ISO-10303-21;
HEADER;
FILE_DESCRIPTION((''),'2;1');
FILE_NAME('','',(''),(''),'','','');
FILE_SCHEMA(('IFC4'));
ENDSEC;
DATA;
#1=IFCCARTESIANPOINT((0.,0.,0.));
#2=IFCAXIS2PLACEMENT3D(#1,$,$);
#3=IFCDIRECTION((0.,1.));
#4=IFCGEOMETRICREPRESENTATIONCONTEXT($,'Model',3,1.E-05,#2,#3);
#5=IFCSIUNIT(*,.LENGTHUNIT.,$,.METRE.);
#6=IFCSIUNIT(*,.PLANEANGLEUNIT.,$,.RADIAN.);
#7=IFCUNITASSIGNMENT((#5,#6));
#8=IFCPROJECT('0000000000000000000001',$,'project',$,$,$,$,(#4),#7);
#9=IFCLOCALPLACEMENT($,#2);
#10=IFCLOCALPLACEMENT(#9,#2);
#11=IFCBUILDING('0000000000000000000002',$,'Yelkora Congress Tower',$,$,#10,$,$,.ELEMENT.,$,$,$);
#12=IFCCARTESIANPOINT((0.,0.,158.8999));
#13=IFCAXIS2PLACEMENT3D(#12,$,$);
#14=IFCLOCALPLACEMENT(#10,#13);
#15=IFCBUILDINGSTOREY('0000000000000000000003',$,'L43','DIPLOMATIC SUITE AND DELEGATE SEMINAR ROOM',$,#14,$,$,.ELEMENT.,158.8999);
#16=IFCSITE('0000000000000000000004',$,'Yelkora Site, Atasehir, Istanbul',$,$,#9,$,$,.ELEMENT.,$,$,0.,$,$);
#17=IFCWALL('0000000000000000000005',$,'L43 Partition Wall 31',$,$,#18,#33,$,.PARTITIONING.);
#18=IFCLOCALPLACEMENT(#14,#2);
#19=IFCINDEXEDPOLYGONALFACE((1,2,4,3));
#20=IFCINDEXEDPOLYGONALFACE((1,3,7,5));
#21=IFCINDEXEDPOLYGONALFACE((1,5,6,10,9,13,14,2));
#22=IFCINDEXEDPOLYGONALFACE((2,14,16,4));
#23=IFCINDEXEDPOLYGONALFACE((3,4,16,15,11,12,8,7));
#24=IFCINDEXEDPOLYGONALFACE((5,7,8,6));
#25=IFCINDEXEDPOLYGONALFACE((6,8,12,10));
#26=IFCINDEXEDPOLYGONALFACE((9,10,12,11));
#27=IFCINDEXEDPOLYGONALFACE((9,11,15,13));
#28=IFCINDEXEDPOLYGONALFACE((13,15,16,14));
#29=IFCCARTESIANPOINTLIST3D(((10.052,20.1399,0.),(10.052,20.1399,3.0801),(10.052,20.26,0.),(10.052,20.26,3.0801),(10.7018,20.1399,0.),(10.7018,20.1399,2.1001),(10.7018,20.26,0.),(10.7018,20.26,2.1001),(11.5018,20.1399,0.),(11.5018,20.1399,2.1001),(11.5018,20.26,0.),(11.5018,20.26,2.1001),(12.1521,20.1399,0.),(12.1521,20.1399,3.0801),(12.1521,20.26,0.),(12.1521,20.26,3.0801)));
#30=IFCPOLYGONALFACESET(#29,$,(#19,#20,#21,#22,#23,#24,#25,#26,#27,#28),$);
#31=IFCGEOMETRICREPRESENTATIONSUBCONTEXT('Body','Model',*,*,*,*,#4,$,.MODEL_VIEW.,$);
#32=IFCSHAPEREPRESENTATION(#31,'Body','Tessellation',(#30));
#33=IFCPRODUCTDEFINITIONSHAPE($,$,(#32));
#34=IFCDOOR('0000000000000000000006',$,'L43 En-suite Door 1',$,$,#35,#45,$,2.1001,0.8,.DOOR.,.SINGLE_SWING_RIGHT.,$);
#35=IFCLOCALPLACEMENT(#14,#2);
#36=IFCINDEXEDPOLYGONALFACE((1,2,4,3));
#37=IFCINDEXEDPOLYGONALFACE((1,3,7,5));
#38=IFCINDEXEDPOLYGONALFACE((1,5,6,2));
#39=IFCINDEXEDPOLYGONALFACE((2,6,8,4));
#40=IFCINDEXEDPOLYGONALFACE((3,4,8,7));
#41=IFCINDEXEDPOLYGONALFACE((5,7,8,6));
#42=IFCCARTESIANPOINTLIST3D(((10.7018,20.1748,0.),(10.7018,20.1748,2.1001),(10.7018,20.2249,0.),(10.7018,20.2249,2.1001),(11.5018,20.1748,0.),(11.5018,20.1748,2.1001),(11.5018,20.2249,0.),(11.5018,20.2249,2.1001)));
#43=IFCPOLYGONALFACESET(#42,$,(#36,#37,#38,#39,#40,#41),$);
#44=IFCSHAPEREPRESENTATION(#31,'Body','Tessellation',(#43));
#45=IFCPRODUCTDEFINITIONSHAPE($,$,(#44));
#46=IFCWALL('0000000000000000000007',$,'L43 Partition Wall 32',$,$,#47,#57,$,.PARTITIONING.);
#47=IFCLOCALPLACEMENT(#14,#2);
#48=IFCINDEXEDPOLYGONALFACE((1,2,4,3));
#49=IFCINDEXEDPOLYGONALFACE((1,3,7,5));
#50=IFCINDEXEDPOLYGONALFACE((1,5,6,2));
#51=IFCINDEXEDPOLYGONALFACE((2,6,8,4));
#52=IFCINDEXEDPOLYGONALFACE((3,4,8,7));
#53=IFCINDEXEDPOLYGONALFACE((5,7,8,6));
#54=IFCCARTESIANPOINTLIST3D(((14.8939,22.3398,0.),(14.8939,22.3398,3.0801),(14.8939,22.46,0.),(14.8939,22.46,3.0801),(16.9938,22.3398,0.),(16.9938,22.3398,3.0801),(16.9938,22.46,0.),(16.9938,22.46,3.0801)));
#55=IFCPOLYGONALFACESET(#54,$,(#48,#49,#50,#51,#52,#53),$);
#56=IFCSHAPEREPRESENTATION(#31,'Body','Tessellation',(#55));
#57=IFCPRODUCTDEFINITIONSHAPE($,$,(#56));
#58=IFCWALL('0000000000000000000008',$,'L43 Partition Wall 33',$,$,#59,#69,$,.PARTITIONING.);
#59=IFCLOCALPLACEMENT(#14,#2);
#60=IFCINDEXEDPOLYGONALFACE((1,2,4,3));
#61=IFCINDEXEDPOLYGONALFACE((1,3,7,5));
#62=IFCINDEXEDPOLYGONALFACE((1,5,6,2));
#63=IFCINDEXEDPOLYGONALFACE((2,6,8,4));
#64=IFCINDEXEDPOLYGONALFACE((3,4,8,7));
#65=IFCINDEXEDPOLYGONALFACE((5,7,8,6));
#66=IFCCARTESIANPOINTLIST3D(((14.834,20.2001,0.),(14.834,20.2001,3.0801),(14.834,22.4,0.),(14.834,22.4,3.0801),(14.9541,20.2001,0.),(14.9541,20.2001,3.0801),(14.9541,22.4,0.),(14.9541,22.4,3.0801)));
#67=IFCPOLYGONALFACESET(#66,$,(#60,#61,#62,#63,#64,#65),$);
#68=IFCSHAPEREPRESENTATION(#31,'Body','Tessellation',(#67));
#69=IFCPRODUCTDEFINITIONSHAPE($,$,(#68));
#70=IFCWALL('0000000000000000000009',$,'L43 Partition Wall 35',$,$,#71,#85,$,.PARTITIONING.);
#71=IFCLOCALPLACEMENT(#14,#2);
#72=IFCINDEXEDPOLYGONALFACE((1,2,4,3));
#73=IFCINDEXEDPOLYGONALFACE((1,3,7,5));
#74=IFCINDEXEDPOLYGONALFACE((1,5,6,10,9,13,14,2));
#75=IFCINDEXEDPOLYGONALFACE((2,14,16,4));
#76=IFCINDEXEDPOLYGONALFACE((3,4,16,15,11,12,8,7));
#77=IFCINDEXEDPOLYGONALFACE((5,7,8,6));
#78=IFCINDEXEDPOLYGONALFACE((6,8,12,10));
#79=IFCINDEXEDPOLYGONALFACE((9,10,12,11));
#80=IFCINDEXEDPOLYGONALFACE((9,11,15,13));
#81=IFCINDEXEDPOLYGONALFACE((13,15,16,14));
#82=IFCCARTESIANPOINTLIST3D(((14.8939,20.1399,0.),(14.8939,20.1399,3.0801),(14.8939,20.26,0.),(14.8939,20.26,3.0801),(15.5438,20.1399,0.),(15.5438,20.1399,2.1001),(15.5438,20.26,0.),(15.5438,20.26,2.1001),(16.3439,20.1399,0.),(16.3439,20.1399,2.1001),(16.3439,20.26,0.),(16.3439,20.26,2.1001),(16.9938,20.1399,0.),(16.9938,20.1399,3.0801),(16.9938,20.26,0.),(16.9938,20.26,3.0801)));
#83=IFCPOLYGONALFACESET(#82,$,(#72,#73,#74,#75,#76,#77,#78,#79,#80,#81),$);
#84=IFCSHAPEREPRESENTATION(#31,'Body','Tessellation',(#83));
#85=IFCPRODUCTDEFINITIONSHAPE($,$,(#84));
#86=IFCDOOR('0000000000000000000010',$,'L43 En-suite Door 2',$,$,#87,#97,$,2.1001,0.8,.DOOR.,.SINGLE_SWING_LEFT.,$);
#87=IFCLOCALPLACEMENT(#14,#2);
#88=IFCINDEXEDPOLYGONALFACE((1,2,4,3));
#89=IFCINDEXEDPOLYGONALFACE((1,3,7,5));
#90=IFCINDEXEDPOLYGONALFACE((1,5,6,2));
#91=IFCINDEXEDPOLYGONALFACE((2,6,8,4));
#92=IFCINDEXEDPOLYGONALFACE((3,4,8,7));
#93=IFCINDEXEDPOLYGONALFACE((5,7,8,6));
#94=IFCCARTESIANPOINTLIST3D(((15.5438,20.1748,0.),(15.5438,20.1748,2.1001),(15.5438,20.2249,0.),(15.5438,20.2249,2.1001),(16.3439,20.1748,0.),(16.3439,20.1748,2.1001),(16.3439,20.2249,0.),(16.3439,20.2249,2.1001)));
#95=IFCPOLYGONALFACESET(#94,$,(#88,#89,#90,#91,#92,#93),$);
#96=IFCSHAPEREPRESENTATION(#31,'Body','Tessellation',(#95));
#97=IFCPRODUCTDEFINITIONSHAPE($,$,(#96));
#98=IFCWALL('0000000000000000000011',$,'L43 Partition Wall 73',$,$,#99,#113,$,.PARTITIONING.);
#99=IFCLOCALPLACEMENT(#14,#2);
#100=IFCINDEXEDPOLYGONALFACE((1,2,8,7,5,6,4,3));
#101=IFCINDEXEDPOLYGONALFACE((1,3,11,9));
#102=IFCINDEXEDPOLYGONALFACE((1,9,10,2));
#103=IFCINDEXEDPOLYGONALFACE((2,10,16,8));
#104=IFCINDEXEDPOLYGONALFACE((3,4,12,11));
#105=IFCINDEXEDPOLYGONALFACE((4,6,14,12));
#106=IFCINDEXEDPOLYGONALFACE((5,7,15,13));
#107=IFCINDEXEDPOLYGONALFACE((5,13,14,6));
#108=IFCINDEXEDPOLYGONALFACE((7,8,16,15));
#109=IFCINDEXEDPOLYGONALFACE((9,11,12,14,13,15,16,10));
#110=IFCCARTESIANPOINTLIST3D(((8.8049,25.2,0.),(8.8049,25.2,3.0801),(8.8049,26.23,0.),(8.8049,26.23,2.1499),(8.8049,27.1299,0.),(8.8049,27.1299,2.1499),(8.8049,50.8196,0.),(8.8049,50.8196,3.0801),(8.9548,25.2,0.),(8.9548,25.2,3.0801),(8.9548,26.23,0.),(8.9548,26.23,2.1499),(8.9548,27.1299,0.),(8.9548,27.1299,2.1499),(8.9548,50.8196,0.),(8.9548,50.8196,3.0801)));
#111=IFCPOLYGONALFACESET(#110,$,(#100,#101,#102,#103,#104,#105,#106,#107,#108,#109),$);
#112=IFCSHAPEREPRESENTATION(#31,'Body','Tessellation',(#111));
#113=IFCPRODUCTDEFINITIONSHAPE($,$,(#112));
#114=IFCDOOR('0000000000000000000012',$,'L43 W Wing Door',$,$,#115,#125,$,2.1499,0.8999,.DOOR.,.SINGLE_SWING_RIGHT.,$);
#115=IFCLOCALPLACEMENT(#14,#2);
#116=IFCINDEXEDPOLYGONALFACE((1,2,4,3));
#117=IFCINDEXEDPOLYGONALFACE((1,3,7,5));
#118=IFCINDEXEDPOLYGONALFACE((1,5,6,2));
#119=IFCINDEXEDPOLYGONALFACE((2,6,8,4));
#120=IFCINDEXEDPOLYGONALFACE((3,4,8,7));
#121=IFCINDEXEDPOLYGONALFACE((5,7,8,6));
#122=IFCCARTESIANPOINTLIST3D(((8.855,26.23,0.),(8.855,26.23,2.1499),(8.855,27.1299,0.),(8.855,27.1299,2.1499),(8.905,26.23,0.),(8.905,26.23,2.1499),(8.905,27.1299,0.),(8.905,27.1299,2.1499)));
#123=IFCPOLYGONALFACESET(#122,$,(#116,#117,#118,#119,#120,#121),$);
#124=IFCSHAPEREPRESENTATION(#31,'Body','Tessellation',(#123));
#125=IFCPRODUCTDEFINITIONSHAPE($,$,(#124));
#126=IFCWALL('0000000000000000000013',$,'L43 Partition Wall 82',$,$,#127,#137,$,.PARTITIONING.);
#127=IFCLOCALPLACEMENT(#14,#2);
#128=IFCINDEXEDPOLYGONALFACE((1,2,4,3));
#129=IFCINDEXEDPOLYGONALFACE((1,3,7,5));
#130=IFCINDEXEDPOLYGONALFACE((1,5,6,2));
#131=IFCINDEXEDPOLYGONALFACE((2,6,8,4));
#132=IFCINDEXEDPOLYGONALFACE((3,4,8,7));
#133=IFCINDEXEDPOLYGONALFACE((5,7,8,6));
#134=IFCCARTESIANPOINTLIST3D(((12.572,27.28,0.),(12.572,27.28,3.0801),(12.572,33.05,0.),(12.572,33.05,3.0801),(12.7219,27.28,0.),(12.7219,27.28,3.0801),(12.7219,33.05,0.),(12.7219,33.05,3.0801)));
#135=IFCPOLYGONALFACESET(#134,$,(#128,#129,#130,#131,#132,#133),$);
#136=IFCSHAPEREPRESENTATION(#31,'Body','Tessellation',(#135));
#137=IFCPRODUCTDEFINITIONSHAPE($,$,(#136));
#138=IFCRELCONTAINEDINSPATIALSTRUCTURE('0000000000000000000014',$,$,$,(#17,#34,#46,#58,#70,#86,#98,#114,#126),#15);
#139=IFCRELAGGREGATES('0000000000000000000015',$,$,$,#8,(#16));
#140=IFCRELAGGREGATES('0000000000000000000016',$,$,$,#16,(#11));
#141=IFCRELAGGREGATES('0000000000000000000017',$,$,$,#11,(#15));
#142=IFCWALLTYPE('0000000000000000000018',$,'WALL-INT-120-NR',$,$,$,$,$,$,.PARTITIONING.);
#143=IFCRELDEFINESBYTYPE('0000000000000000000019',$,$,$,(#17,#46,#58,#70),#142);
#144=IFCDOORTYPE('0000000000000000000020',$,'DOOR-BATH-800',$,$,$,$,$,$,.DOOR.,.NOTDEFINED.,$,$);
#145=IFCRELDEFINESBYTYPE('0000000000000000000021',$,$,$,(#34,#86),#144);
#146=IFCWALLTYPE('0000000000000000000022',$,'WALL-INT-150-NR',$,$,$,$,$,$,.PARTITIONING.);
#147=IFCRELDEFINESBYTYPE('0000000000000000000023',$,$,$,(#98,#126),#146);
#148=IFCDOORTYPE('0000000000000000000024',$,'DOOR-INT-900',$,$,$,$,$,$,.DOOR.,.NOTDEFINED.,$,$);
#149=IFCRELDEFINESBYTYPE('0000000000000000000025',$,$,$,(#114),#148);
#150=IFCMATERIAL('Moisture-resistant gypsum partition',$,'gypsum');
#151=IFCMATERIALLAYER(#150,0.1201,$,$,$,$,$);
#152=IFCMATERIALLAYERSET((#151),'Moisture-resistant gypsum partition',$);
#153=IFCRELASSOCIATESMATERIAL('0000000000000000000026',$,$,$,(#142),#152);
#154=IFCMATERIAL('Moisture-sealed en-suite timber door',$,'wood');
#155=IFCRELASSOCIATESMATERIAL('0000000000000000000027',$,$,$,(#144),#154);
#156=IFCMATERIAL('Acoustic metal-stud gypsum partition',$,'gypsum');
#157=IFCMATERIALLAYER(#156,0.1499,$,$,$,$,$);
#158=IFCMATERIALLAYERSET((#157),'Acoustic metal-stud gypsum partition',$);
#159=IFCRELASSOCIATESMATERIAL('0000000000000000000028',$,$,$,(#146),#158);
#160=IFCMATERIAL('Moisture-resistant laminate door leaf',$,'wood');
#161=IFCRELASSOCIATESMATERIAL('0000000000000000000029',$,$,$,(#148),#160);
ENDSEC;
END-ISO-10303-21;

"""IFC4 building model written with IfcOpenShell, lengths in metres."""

from ifc_helpers import new_model, si_unit, direction, frame, frame_2d, origin, place, context, subcontext, project, spatial, rectangle, extrude, material, layer, layer_set, type_object, element, fill, save


model = new_model("IFC4")

# Units and contexts
model_context = context("Model", 3, precision=1e-05, world=origin(), true_north=direction((0.0, 1.0)))
body_context = subcontext(model_context, "Body", "Model", "MODEL_VIEW")
ifc_project = project(units=[si_unit("LENGTHUNIT", "METRE"), si_unit("PLANEANGLEUNIT", "RADIAN")], contexts=[model_context])

# Site, building, storey
site_placement = place(None, origin())
site = spatial("IfcSite", under=ifc_project, at=site_placement, Name="Yelkora Site, Atasehir, Istanbul", CompositionType="ELEMENT", RefElevation=0.0)
building_placement = place(site_placement, origin())
building = spatial("IfcBuilding", under=site, at=building_placement, Name="Yelkora Congress Tower", CompositionType="ELEMENT")
storey_placement = place(building_placement, frame((0.0, 0.0, 158.8999)))
storey = spatial("IfcBuildingStorey", under=building, at=storey_placement, Name="L43", Description="DIPLOMATIC SUITE AND DELEGATE SEMINAR ROOM", CompositionType="ELEMENT", Elevation=158.8999)

# Shared definitions
ifc_material_1 = material(Name="Moisture-resistant gypsum partition", Category="gypsum")
ifc_layer_1 = layer(ifc_material_1, 0.1201)
ifc_layer_set_1 = layer_set([ifc_layer_1], Name="Moisture-resistant gypsum partition")
wall_type_1 = type_object("IfcWallType", Name="WALL-INT-120-NR", PredefinedType="PARTITIONING", material=ifc_layer_set_1)

# Wall, opening, door
wall_1_placement = place(storey_placement, frame((10.052, 20.2, 0.0), z_axis=(0.0, 0.0, 1.0), x_axis=(1.0, 0.0, 0.0)))
wall_1 = element("IfcWall", 1, at=wall_1_placement, inside=storey, type_object=wall_type_1, Name="L43 Partition Wall 31", PredefinedType="PARTITIONING", context=body_context, shape_type="SweptSolid", body=[
    extrude(rectangle(XDim=2.1001, YDim=0.1201, at=frame_2d((1.05, 0.0))), origin(), (0.0, 0.0, 1.0), 3.0801),
])
opening_1_placement = place(wall_1_placement, frame((0.6499, 0.0, 0.0)))
opening_1 = element("IfcOpeningElement", 2, at=opening_1_placement, cuts=wall_1, PredefinedType="OPENING", context=body_context, shape_type="SweptSolid", body=[
    extrude(rectangle(XDim=0.8, YDim=2.1001, at=frame_2d((0.3999, 1.05))), frame((0.0, 0.0701, 0.0), z_axis=(0.0, -1.0, 0.0), x_axis=(1.0, 0.0, 0.0)), (0.0, 0.0, 1.0), 0.1401),
])
ifc_material_2 = material(Name="Moisture-sealed en-suite timber door", Category="wood")
door_type_1 = type_object("IfcDoorType", Name="DOOR-BATH-800", OperationType="NOTDEFINED", PredefinedType="DOOR", material=ifc_material_2)
door_1_placement = place(opening_1_placement, origin())
door_1 = element("IfcDoor", 3, at=door_1_placement, inside=storey, type_object=door_type_1, Name="L43 En-suite Door 1", OperationType="SINGLE_SWING_RIGHT", OverallHeight=2.1001, OverallWidth=0.8, PredefinedType="DOOR", context=body_context, shape_type="SweptSolid", body=[
    extrude(rectangle(XDim=0.8, YDim=2.1001, at=frame_2d((0.3999, 1.05))), frame((0.0, 0.0249, 0.0), z_axis=(0.0, -1.0, 0.0), x_axis=(1.0, 0.0, 0.0)), (0.0, 0.0, 1.0), 0.05),
])
fill(opening_1, door_1)

# Walls
wall_2_placement = place(storey_placement, frame((14.894, 22.3999, 0.0), z_axis=(0.0, 0.0, 1.0), x_axis=(1.0, 0.0, 0.0)))
element("IfcWall", 4, at=wall_2_placement, inside=storey, type_object=wall_type_1, Name="L43 Partition Wall 32", PredefinedType="PARTITIONING", context=body_context, shape_type="SweptSolid", body=[
    extrude(rectangle(XDim=2.0999, YDim=0.1201, at=frame_2d((1.0498, 0.0))), origin(), (0.0, 0.0, 1.0), 3.0801),
])
wall_3_placement = place(storey_placement, frame((14.894, 20.2, 0.0), z_axis=(0.0, 0.0, 1.0), x_axis=(0.0, 1.0, 0.0)))
element("IfcWall", 5, at=wall_3_placement, inside=storey, type_object=wall_type_1, Name="L43 Partition Wall 33", PredefinedType="PARTITIONING", context=body_context, shape_type="SweptSolid", body=[
    extrude(rectangle(XDim=2.2, YDim=0.1201, at=frame_2d((1.1001, 0.0))), origin(), (0.0, 0.0, 1.0), 3.0801),
])

# Walls, openings, doors
wall_4_placement = place(storey_placement, frame((14.894, 20.2, 0.0), z_axis=(0.0, 0.0, 1.0), x_axis=(1.0, 0.0, 0.0)))
wall_4 = element("IfcWall", 6, at=wall_4_placement, inside=storey, type_object=wall_type_1, Name="L43 Partition Wall 35", PredefinedType="PARTITIONING", context=body_context, shape_type="SweptSolid", body=[
    extrude(rectangle(XDim=2.0999, YDim=0.1201, at=frame_2d((1.0498, 0.0))), origin(), (0.0, 0.0, 1.0), 3.0801),
])
opening_2_placement = place(wall_4_placement, frame((0.6499, 0.0, 0.0)))
opening_2 = element("IfcOpeningElement", 7, at=opening_2_placement, cuts=wall_4, PredefinedType="OPENING", context=body_context, shape_type="SweptSolid", body=[
    extrude(rectangle(XDim=0.8, YDim=2.1001, at=frame_2d((0.3999, 1.05))), frame((0.0, 0.0701, 0.0), z_axis=(0.0, -1.0, 0.0), x_axis=(1.0, 0.0, 0.0)), (0.0, 0.0, 1.0), 0.1401),
])
door_2_placement = place(opening_2_placement, origin())
door_2 = element("IfcDoor", 8, at=door_2_placement, inside=storey, type_object=door_type_1, Name="L43 En-suite Door 2", OperationType="SINGLE_SWING_LEFT", OverallHeight=2.1001, OverallWidth=0.8, PredefinedType="DOOR", context=body_context, shape_type="SweptSolid", body=[
    extrude(rectangle(XDim=0.8, YDim=2.1001, at=frame_2d((0.3999, 1.05))), frame((0.0, 0.0249, 0.0), z_axis=(0.0, -1.0, 0.0), x_axis=(1.0, 0.0, 0.0)), (0.0, 0.0, 1.0), 0.05),
])
fill(opening_2, door_2)
ifc_material_3 = material(Name="Acoustic metal-stud gypsum partition", Category="gypsum")
ifc_layer_2 = layer(ifc_material_3, 0.1499)
ifc_layer_set_2 = layer_set([ifc_layer_2], Name="Acoustic metal-stud gypsum partition")
wall_type_2 = type_object("IfcWallType", Name="WALL-INT-150-NR", PredefinedType="PARTITIONING", material=ifc_layer_set_2)
wall_5_placement = place(storey_placement, frame((8.8799, 25.2, 0.0), z_axis=(0.0, 0.0, 1.0), x_axis=(0.0, 1.0, 0.0)))
wall_5 = element("IfcWall", 9, at=wall_5_placement, inside=storey, type_object=wall_type_2, Name="L43 Partition Wall 73", PredefinedType="PARTITIONING", context=body_context, shape_type="SweptSolid", body=[
    extrude(rectangle(XDim=25.6196, YDim=0.1499, at=frame_2d((12.8098, 0.0))), origin(), (0.0, 0.0, 1.0), 3.0801),
])
opening_3_placement = place(wall_5_placement, frame((1.03, 0.0, 0.0)))
opening_3 = element("IfcOpeningElement", 10, at=opening_3_placement, cuts=wall_5, PredefinedType="OPENING", context=body_context, shape_type="SweptSolid", body=[
    extrude(rectangle(XDim=0.8999, YDim=2.1499, at=frame_2d((0.45, 1.075))), frame((0.0, 0.085, 0.0), z_axis=(0.0, -1.0, 0.0), x_axis=(1.0, 0.0, 0.0)), (0.0, 0.0, 1.0), 0.1699),
])
ifc_material_4 = material(Name="Moisture-resistant laminate door leaf", Category="wood")
door_type_2 = type_object("IfcDoorType", Name="DOOR-INT-900", OperationType="NOTDEFINED", PredefinedType="DOOR", material=ifc_material_4)
door_3_placement = place(opening_3_placement, origin())
door_3 = element("IfcDoor", 11, at=door_3_placement, inside=storey, type_object=door_type_2, Name="L43 W Wing Door", OperationType="SINGLE_SWING_RIGHT", OverallHeight=2.1499, OverallWidth=0.8999, PredefinedType="DOOR", context=body_context, shape_type="SweptSolid", body=[
    extrude(rectangle(XDim=0.8999, YDim=2.1499, at=frame_2d((0.45, 1.075))), frame((0.0, 0.0249, 0.0), z_axis=(0.0, -1.0, 0.0), x_axis=(1.0, 0.0, 0.0)), (0.0, 0.0, 1.0), 0.05),
])
fill(opening_3, door_3)

# Wall
wall_6_placement = place(storey_placement, frame((12.647, 27.28, 0.0), z_axis=(0.0, 0.0, 1.0), x_axis=(0.0, 1.0, 0.0)))
element("IfcWall", 12, at=wall_6_placement, inside=storey, type_object=wall_type_2, Name="L43 Partition Wall 82", PredefinedType="PARTITIONING", context=body_context, shape_type="SweptSolid", body=[
    extrude(rectangle(XDim=5.77, YDim=0.1499, at=frame_2d((2.885, 0.0))), origin(), (0.0, 0.0, 1.0), 3.0801),
])

save(model, "model.ifc")
